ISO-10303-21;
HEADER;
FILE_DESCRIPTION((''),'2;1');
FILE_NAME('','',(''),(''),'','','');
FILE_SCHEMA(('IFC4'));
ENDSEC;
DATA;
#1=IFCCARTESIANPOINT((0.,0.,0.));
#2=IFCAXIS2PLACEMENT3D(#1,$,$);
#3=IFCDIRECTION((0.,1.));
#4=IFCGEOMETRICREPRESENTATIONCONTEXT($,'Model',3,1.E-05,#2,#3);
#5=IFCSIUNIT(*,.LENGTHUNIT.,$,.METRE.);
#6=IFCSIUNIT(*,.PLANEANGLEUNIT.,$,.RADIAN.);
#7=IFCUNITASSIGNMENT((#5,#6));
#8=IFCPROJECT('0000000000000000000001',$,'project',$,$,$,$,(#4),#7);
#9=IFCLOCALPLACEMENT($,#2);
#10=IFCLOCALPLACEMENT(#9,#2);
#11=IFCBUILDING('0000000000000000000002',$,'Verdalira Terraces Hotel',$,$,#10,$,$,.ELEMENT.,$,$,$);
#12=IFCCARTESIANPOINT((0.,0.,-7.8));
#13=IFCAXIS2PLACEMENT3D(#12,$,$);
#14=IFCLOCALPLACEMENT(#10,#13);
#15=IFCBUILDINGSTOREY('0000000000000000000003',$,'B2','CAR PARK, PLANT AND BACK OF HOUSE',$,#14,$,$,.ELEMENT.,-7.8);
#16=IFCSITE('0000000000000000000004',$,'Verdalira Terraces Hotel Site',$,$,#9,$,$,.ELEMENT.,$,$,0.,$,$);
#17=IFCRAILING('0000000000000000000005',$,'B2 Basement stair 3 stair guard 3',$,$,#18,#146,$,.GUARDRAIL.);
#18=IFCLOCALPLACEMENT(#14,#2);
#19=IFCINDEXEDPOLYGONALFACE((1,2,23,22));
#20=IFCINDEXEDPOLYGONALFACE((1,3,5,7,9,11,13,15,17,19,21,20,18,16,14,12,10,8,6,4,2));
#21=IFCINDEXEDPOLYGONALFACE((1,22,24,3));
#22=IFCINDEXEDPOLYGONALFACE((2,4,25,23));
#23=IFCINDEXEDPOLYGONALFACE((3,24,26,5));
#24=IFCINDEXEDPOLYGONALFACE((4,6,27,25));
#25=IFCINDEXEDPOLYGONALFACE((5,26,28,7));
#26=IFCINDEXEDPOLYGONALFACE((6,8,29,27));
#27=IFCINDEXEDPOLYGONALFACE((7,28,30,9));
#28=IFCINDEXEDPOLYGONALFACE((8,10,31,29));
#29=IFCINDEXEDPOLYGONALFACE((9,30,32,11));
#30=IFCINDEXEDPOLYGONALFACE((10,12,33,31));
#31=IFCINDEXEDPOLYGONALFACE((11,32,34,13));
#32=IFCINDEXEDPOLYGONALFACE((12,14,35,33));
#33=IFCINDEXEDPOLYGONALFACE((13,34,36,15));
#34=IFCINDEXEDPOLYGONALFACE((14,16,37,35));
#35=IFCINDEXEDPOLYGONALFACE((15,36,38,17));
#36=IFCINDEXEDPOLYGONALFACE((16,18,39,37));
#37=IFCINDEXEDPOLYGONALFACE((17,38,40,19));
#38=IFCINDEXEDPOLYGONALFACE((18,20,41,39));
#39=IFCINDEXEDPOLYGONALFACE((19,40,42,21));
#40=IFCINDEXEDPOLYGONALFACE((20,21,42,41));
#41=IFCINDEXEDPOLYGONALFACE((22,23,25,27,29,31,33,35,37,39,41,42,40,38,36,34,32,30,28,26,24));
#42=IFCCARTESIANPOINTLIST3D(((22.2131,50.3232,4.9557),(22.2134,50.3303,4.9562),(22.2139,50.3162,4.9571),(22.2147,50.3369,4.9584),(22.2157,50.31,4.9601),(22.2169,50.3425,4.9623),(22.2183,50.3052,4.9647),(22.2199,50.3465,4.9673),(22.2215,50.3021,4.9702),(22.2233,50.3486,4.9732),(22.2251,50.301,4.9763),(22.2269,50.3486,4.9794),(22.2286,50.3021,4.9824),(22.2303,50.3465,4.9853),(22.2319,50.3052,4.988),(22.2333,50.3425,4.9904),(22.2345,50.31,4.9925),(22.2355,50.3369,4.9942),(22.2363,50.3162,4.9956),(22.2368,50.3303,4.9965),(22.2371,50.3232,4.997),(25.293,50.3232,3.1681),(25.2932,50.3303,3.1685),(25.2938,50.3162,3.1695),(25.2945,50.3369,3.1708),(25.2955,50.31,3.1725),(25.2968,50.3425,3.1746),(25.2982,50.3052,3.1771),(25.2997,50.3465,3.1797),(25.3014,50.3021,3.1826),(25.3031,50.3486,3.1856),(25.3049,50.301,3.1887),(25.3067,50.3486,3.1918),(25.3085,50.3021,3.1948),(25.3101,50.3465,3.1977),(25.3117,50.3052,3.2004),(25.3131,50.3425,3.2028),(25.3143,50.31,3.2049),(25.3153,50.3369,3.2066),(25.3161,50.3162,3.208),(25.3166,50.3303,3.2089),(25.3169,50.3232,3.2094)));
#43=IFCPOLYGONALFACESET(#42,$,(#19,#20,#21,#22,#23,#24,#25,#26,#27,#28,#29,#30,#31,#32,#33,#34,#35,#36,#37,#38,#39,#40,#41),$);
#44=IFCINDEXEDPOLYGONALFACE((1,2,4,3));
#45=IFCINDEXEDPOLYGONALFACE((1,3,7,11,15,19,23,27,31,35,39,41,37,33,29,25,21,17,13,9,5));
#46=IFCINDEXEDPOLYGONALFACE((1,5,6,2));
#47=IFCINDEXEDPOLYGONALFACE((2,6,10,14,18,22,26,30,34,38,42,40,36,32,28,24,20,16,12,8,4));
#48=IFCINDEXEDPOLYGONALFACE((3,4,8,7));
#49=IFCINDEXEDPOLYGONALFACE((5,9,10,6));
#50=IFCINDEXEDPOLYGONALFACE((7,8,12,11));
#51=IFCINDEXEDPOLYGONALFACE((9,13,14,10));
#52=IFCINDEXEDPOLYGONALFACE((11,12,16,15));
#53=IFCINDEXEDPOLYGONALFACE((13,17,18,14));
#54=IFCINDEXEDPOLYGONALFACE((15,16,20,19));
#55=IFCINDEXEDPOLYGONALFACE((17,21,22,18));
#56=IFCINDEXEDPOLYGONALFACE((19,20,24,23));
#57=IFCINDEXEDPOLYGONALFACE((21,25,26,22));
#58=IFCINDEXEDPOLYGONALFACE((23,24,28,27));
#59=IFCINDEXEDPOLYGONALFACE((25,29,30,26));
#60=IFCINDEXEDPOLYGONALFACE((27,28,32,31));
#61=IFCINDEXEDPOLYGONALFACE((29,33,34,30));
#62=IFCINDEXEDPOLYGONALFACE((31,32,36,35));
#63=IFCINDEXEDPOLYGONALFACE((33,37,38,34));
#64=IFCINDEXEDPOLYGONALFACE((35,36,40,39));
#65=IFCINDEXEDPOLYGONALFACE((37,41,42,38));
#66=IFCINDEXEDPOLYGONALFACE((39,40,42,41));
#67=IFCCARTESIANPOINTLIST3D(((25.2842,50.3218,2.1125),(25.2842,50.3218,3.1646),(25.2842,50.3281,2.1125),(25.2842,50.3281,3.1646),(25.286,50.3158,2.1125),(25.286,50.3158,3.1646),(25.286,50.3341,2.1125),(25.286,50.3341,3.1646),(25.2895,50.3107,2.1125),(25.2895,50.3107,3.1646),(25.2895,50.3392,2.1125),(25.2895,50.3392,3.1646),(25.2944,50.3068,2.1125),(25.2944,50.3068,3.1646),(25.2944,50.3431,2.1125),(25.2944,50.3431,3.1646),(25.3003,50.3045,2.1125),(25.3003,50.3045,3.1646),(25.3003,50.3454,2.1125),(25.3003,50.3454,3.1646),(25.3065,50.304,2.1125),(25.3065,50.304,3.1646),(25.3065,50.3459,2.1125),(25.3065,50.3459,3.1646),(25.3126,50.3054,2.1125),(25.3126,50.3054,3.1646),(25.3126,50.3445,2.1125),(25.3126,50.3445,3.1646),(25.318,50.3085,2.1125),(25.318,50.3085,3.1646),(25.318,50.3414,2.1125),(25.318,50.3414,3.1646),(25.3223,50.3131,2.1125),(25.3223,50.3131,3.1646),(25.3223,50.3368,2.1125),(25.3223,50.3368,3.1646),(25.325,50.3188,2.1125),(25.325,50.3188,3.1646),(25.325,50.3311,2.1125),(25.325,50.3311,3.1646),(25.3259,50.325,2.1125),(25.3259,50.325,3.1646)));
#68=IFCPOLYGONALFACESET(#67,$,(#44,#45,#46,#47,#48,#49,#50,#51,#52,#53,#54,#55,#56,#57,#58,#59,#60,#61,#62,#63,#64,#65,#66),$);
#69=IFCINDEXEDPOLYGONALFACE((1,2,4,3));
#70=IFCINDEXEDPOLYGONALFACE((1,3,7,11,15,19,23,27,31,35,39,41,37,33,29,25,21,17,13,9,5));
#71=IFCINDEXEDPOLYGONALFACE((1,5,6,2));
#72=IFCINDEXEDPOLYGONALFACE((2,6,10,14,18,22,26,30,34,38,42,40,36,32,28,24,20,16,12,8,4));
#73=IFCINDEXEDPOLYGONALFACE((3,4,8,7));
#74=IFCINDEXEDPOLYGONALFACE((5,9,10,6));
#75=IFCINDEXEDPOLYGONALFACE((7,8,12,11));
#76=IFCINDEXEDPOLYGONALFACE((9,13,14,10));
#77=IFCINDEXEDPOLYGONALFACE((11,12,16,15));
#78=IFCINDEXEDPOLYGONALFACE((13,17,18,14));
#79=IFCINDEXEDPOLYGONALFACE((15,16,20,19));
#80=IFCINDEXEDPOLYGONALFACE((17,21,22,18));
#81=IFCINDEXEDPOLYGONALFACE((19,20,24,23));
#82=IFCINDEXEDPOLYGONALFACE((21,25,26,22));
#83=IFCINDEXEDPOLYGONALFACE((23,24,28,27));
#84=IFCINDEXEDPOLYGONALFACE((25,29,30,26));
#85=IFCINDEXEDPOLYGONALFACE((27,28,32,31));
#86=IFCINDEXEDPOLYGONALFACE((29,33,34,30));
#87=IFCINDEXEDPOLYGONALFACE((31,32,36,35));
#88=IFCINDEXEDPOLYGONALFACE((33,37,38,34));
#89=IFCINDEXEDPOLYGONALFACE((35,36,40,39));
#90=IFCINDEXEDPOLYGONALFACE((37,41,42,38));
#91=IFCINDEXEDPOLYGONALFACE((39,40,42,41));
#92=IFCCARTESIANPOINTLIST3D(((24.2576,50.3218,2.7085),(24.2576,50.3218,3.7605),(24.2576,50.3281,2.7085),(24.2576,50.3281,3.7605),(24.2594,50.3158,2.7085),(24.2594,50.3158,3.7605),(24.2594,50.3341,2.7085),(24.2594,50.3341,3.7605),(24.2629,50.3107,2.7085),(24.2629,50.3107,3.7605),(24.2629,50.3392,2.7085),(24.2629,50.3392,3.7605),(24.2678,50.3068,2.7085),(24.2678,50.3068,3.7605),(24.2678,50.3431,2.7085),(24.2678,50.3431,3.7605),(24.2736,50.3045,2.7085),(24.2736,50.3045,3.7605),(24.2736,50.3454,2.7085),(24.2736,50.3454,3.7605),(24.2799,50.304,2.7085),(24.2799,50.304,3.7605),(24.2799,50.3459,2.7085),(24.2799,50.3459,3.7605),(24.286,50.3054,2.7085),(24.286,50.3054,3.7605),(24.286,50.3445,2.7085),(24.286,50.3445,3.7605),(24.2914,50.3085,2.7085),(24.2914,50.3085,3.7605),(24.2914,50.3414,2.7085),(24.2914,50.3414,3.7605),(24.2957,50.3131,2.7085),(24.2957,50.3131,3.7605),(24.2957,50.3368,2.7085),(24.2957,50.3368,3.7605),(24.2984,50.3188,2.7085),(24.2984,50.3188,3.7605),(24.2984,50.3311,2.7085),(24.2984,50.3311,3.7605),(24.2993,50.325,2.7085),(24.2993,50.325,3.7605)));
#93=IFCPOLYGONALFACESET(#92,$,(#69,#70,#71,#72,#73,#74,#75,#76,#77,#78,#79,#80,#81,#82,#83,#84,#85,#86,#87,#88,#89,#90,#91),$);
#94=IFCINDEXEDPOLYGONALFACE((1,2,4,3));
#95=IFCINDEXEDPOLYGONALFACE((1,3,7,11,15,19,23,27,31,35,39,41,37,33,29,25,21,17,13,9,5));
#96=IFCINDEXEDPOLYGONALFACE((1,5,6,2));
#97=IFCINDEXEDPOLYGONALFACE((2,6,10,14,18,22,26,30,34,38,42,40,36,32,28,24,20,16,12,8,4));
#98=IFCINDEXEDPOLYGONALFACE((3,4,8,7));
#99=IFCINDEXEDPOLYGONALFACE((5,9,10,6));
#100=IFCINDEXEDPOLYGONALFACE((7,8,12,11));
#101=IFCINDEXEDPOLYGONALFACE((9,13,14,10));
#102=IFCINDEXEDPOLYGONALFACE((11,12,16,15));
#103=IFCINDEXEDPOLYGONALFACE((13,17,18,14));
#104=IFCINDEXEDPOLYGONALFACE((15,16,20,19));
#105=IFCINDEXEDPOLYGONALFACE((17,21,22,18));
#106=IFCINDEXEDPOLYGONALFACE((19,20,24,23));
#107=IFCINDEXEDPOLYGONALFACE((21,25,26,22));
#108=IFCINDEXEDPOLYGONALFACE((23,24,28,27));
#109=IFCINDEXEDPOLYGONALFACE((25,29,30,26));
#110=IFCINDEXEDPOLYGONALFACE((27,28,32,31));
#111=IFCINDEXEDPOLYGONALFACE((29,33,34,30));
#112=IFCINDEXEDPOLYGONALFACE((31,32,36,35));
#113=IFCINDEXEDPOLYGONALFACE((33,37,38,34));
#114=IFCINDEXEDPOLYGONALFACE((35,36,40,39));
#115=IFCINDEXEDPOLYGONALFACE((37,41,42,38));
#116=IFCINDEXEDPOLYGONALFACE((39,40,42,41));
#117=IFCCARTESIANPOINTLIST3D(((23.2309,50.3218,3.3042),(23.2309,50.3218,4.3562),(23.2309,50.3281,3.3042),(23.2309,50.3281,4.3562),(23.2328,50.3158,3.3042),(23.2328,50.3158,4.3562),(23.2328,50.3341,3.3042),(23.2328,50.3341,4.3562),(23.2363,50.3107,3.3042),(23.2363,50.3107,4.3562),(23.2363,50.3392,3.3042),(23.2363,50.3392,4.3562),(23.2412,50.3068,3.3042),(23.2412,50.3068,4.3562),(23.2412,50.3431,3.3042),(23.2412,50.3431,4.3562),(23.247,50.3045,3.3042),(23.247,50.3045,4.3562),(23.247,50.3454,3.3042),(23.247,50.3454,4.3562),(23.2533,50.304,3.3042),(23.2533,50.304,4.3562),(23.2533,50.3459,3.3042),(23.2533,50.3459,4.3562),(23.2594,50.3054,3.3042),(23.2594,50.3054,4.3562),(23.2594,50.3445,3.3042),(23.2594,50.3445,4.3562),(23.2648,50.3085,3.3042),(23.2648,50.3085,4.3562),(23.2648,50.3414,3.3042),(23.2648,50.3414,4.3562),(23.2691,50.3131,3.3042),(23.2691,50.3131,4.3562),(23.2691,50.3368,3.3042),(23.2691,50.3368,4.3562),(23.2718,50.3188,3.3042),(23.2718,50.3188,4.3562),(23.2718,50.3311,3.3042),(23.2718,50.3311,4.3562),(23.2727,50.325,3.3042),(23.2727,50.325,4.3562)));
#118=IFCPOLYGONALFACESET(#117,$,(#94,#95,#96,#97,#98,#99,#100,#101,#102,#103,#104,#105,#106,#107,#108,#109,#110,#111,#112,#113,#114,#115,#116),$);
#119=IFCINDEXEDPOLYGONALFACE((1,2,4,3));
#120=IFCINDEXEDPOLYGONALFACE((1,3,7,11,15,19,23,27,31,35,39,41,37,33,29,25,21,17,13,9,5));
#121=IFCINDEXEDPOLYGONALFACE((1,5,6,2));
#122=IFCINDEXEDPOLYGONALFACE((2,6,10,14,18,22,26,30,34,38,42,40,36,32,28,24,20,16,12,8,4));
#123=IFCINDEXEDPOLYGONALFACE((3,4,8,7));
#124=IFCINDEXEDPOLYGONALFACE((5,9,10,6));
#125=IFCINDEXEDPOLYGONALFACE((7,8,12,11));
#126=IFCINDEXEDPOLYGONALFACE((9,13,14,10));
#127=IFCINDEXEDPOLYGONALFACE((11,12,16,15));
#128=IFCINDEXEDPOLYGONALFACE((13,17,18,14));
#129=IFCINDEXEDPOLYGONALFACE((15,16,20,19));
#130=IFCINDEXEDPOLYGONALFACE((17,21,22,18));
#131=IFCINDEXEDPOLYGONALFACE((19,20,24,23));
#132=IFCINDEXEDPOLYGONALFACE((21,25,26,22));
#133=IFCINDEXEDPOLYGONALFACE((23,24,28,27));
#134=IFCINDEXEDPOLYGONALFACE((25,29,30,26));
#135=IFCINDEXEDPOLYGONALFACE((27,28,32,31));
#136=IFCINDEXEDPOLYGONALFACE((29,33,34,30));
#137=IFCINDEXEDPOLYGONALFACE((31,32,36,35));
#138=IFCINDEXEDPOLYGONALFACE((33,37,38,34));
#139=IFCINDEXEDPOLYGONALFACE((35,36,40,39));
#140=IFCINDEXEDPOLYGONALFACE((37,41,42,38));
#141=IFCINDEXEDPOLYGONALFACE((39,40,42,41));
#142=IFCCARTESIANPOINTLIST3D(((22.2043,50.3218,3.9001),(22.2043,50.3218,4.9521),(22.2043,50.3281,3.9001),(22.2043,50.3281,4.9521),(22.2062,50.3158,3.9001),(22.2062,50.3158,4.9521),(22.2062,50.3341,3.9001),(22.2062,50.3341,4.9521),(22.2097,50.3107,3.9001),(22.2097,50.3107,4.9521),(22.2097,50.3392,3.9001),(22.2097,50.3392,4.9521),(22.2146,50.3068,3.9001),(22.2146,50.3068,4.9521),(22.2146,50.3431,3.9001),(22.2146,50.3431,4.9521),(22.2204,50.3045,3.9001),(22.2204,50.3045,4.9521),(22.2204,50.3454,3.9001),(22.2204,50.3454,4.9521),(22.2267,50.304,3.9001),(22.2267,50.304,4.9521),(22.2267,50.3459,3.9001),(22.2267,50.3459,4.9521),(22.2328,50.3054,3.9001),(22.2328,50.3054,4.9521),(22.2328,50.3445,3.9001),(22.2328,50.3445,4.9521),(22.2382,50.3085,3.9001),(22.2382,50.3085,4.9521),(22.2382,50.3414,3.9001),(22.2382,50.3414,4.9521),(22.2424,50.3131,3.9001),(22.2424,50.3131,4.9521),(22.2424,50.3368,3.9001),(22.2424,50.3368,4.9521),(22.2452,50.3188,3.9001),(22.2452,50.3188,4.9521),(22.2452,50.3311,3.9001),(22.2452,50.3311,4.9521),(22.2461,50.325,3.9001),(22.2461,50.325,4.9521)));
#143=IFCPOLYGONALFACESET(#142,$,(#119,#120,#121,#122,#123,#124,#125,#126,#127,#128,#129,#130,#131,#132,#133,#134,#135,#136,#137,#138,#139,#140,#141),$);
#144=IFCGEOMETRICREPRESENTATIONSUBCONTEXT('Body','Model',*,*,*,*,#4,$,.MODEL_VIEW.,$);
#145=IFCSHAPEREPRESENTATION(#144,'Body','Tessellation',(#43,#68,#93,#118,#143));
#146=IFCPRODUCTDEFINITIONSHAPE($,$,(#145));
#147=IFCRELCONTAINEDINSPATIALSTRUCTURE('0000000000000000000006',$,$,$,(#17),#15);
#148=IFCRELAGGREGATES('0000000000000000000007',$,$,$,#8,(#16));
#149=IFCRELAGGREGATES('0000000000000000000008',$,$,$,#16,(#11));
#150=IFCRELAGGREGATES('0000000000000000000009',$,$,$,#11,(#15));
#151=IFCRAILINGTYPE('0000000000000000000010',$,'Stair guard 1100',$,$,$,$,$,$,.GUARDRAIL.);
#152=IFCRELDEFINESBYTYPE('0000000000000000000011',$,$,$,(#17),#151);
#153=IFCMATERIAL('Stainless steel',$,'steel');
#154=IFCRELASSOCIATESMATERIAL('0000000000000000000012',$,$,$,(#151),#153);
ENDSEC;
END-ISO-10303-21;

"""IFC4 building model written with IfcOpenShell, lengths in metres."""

from ifc_helpers import new_model, si_unit, direction, frame, origin, origin_2d, place, context, subcontext, project, spatial, circle, extrude, material, type_object, element, save


model = new_model("IFC4")

# Units and contexts
model_context = context("Model", 3, precision=1e-05, world=origin(), true_north=direction((0.0, 1.0)))
body_context = subcontext(model_context, "Body", "Model", "MODEL_VIEW")
ifc_project = project(units=[si_unit("LENGTHUNIT", "METRE"), si_unit("PLANEANGLEUNIT", "RADIAN")], contexts=[model_context])

# Site, building, storey
site_placement = place(None, origin())
site = spatial("IfcSite", under=ifc_project, at=site_placement, Name="Verdalira Terraces Hotel Site", CompositionType="ELEMENT", RefElevation=0.0)
building_placement = place(site_placement, origin())
building = spatial("IfcBuilding", under=site, at=building_placement, Name="Verdalira Terraces Hotel", CompositionType="ELEMENT")
storey_placement = place(building_placement, frame((0.0, 0.0, -7.8)))
storey = spatial("IfcBuildingStorey", under=building, at=storey_placement, Name="B2", Description="CAR PARK, PLANT AND BACK OF HOUSE", CompositionType="ELEMENT", Elevation=-7.8)

# Railing
ifc_material_1 = material(Name="Stainless steel", Category="steel")
railing_type_1 = type_object("IfcRailingType", Name="Stair guard 1100", PredefinedType="GUARDRAIL", material=ifc_material_1)
railing_1_placement = place(storey_placement, frame((25.3049, 50.325, 2.1125)))
element("IfcRailing", 1, at=railing_1_placement, inside=storey, type_object=railing_type_1, Name="B2 Basement stair 3 stair guard 3", PredefinedType="GUARDRAIL", context=body_context, shape_type="SweptSolid", body=[
    extrude(circle(Radius=0.0239, at=origin_2d()), frame((0.0, 0.0, 1.0762), z_axis=(-0.864873, 0.0, 0.50199), x_axis=(0.0, -1.0, 0.0)), (0.0, 0.0, 1.0), 3.561),
    extrude(circle(Radius=0.021, at=origin_2d()), origin(), (0.0, 0.0, 1.0), 1.052),
    extrude(circle(Radius=0.021, at=origin_2d()), frame((-1.0266, 0.0, 0.5959)), (0.0, 0.0, 1.0), 1.052),
    extrude(circle(Radius=0.021, at=origin_2d()), frame((-2.0532, 0.0, 1.1917)), (0.0, 0.0, 1.0), 1.052),
    extrude(circle(Radius=0.021, at=origin_2d()), frame((-3.0798, 0.0, 1.7876)), (0.0, 0.0, 1.0), 1.052),
])

save(model, "model.ifc")
